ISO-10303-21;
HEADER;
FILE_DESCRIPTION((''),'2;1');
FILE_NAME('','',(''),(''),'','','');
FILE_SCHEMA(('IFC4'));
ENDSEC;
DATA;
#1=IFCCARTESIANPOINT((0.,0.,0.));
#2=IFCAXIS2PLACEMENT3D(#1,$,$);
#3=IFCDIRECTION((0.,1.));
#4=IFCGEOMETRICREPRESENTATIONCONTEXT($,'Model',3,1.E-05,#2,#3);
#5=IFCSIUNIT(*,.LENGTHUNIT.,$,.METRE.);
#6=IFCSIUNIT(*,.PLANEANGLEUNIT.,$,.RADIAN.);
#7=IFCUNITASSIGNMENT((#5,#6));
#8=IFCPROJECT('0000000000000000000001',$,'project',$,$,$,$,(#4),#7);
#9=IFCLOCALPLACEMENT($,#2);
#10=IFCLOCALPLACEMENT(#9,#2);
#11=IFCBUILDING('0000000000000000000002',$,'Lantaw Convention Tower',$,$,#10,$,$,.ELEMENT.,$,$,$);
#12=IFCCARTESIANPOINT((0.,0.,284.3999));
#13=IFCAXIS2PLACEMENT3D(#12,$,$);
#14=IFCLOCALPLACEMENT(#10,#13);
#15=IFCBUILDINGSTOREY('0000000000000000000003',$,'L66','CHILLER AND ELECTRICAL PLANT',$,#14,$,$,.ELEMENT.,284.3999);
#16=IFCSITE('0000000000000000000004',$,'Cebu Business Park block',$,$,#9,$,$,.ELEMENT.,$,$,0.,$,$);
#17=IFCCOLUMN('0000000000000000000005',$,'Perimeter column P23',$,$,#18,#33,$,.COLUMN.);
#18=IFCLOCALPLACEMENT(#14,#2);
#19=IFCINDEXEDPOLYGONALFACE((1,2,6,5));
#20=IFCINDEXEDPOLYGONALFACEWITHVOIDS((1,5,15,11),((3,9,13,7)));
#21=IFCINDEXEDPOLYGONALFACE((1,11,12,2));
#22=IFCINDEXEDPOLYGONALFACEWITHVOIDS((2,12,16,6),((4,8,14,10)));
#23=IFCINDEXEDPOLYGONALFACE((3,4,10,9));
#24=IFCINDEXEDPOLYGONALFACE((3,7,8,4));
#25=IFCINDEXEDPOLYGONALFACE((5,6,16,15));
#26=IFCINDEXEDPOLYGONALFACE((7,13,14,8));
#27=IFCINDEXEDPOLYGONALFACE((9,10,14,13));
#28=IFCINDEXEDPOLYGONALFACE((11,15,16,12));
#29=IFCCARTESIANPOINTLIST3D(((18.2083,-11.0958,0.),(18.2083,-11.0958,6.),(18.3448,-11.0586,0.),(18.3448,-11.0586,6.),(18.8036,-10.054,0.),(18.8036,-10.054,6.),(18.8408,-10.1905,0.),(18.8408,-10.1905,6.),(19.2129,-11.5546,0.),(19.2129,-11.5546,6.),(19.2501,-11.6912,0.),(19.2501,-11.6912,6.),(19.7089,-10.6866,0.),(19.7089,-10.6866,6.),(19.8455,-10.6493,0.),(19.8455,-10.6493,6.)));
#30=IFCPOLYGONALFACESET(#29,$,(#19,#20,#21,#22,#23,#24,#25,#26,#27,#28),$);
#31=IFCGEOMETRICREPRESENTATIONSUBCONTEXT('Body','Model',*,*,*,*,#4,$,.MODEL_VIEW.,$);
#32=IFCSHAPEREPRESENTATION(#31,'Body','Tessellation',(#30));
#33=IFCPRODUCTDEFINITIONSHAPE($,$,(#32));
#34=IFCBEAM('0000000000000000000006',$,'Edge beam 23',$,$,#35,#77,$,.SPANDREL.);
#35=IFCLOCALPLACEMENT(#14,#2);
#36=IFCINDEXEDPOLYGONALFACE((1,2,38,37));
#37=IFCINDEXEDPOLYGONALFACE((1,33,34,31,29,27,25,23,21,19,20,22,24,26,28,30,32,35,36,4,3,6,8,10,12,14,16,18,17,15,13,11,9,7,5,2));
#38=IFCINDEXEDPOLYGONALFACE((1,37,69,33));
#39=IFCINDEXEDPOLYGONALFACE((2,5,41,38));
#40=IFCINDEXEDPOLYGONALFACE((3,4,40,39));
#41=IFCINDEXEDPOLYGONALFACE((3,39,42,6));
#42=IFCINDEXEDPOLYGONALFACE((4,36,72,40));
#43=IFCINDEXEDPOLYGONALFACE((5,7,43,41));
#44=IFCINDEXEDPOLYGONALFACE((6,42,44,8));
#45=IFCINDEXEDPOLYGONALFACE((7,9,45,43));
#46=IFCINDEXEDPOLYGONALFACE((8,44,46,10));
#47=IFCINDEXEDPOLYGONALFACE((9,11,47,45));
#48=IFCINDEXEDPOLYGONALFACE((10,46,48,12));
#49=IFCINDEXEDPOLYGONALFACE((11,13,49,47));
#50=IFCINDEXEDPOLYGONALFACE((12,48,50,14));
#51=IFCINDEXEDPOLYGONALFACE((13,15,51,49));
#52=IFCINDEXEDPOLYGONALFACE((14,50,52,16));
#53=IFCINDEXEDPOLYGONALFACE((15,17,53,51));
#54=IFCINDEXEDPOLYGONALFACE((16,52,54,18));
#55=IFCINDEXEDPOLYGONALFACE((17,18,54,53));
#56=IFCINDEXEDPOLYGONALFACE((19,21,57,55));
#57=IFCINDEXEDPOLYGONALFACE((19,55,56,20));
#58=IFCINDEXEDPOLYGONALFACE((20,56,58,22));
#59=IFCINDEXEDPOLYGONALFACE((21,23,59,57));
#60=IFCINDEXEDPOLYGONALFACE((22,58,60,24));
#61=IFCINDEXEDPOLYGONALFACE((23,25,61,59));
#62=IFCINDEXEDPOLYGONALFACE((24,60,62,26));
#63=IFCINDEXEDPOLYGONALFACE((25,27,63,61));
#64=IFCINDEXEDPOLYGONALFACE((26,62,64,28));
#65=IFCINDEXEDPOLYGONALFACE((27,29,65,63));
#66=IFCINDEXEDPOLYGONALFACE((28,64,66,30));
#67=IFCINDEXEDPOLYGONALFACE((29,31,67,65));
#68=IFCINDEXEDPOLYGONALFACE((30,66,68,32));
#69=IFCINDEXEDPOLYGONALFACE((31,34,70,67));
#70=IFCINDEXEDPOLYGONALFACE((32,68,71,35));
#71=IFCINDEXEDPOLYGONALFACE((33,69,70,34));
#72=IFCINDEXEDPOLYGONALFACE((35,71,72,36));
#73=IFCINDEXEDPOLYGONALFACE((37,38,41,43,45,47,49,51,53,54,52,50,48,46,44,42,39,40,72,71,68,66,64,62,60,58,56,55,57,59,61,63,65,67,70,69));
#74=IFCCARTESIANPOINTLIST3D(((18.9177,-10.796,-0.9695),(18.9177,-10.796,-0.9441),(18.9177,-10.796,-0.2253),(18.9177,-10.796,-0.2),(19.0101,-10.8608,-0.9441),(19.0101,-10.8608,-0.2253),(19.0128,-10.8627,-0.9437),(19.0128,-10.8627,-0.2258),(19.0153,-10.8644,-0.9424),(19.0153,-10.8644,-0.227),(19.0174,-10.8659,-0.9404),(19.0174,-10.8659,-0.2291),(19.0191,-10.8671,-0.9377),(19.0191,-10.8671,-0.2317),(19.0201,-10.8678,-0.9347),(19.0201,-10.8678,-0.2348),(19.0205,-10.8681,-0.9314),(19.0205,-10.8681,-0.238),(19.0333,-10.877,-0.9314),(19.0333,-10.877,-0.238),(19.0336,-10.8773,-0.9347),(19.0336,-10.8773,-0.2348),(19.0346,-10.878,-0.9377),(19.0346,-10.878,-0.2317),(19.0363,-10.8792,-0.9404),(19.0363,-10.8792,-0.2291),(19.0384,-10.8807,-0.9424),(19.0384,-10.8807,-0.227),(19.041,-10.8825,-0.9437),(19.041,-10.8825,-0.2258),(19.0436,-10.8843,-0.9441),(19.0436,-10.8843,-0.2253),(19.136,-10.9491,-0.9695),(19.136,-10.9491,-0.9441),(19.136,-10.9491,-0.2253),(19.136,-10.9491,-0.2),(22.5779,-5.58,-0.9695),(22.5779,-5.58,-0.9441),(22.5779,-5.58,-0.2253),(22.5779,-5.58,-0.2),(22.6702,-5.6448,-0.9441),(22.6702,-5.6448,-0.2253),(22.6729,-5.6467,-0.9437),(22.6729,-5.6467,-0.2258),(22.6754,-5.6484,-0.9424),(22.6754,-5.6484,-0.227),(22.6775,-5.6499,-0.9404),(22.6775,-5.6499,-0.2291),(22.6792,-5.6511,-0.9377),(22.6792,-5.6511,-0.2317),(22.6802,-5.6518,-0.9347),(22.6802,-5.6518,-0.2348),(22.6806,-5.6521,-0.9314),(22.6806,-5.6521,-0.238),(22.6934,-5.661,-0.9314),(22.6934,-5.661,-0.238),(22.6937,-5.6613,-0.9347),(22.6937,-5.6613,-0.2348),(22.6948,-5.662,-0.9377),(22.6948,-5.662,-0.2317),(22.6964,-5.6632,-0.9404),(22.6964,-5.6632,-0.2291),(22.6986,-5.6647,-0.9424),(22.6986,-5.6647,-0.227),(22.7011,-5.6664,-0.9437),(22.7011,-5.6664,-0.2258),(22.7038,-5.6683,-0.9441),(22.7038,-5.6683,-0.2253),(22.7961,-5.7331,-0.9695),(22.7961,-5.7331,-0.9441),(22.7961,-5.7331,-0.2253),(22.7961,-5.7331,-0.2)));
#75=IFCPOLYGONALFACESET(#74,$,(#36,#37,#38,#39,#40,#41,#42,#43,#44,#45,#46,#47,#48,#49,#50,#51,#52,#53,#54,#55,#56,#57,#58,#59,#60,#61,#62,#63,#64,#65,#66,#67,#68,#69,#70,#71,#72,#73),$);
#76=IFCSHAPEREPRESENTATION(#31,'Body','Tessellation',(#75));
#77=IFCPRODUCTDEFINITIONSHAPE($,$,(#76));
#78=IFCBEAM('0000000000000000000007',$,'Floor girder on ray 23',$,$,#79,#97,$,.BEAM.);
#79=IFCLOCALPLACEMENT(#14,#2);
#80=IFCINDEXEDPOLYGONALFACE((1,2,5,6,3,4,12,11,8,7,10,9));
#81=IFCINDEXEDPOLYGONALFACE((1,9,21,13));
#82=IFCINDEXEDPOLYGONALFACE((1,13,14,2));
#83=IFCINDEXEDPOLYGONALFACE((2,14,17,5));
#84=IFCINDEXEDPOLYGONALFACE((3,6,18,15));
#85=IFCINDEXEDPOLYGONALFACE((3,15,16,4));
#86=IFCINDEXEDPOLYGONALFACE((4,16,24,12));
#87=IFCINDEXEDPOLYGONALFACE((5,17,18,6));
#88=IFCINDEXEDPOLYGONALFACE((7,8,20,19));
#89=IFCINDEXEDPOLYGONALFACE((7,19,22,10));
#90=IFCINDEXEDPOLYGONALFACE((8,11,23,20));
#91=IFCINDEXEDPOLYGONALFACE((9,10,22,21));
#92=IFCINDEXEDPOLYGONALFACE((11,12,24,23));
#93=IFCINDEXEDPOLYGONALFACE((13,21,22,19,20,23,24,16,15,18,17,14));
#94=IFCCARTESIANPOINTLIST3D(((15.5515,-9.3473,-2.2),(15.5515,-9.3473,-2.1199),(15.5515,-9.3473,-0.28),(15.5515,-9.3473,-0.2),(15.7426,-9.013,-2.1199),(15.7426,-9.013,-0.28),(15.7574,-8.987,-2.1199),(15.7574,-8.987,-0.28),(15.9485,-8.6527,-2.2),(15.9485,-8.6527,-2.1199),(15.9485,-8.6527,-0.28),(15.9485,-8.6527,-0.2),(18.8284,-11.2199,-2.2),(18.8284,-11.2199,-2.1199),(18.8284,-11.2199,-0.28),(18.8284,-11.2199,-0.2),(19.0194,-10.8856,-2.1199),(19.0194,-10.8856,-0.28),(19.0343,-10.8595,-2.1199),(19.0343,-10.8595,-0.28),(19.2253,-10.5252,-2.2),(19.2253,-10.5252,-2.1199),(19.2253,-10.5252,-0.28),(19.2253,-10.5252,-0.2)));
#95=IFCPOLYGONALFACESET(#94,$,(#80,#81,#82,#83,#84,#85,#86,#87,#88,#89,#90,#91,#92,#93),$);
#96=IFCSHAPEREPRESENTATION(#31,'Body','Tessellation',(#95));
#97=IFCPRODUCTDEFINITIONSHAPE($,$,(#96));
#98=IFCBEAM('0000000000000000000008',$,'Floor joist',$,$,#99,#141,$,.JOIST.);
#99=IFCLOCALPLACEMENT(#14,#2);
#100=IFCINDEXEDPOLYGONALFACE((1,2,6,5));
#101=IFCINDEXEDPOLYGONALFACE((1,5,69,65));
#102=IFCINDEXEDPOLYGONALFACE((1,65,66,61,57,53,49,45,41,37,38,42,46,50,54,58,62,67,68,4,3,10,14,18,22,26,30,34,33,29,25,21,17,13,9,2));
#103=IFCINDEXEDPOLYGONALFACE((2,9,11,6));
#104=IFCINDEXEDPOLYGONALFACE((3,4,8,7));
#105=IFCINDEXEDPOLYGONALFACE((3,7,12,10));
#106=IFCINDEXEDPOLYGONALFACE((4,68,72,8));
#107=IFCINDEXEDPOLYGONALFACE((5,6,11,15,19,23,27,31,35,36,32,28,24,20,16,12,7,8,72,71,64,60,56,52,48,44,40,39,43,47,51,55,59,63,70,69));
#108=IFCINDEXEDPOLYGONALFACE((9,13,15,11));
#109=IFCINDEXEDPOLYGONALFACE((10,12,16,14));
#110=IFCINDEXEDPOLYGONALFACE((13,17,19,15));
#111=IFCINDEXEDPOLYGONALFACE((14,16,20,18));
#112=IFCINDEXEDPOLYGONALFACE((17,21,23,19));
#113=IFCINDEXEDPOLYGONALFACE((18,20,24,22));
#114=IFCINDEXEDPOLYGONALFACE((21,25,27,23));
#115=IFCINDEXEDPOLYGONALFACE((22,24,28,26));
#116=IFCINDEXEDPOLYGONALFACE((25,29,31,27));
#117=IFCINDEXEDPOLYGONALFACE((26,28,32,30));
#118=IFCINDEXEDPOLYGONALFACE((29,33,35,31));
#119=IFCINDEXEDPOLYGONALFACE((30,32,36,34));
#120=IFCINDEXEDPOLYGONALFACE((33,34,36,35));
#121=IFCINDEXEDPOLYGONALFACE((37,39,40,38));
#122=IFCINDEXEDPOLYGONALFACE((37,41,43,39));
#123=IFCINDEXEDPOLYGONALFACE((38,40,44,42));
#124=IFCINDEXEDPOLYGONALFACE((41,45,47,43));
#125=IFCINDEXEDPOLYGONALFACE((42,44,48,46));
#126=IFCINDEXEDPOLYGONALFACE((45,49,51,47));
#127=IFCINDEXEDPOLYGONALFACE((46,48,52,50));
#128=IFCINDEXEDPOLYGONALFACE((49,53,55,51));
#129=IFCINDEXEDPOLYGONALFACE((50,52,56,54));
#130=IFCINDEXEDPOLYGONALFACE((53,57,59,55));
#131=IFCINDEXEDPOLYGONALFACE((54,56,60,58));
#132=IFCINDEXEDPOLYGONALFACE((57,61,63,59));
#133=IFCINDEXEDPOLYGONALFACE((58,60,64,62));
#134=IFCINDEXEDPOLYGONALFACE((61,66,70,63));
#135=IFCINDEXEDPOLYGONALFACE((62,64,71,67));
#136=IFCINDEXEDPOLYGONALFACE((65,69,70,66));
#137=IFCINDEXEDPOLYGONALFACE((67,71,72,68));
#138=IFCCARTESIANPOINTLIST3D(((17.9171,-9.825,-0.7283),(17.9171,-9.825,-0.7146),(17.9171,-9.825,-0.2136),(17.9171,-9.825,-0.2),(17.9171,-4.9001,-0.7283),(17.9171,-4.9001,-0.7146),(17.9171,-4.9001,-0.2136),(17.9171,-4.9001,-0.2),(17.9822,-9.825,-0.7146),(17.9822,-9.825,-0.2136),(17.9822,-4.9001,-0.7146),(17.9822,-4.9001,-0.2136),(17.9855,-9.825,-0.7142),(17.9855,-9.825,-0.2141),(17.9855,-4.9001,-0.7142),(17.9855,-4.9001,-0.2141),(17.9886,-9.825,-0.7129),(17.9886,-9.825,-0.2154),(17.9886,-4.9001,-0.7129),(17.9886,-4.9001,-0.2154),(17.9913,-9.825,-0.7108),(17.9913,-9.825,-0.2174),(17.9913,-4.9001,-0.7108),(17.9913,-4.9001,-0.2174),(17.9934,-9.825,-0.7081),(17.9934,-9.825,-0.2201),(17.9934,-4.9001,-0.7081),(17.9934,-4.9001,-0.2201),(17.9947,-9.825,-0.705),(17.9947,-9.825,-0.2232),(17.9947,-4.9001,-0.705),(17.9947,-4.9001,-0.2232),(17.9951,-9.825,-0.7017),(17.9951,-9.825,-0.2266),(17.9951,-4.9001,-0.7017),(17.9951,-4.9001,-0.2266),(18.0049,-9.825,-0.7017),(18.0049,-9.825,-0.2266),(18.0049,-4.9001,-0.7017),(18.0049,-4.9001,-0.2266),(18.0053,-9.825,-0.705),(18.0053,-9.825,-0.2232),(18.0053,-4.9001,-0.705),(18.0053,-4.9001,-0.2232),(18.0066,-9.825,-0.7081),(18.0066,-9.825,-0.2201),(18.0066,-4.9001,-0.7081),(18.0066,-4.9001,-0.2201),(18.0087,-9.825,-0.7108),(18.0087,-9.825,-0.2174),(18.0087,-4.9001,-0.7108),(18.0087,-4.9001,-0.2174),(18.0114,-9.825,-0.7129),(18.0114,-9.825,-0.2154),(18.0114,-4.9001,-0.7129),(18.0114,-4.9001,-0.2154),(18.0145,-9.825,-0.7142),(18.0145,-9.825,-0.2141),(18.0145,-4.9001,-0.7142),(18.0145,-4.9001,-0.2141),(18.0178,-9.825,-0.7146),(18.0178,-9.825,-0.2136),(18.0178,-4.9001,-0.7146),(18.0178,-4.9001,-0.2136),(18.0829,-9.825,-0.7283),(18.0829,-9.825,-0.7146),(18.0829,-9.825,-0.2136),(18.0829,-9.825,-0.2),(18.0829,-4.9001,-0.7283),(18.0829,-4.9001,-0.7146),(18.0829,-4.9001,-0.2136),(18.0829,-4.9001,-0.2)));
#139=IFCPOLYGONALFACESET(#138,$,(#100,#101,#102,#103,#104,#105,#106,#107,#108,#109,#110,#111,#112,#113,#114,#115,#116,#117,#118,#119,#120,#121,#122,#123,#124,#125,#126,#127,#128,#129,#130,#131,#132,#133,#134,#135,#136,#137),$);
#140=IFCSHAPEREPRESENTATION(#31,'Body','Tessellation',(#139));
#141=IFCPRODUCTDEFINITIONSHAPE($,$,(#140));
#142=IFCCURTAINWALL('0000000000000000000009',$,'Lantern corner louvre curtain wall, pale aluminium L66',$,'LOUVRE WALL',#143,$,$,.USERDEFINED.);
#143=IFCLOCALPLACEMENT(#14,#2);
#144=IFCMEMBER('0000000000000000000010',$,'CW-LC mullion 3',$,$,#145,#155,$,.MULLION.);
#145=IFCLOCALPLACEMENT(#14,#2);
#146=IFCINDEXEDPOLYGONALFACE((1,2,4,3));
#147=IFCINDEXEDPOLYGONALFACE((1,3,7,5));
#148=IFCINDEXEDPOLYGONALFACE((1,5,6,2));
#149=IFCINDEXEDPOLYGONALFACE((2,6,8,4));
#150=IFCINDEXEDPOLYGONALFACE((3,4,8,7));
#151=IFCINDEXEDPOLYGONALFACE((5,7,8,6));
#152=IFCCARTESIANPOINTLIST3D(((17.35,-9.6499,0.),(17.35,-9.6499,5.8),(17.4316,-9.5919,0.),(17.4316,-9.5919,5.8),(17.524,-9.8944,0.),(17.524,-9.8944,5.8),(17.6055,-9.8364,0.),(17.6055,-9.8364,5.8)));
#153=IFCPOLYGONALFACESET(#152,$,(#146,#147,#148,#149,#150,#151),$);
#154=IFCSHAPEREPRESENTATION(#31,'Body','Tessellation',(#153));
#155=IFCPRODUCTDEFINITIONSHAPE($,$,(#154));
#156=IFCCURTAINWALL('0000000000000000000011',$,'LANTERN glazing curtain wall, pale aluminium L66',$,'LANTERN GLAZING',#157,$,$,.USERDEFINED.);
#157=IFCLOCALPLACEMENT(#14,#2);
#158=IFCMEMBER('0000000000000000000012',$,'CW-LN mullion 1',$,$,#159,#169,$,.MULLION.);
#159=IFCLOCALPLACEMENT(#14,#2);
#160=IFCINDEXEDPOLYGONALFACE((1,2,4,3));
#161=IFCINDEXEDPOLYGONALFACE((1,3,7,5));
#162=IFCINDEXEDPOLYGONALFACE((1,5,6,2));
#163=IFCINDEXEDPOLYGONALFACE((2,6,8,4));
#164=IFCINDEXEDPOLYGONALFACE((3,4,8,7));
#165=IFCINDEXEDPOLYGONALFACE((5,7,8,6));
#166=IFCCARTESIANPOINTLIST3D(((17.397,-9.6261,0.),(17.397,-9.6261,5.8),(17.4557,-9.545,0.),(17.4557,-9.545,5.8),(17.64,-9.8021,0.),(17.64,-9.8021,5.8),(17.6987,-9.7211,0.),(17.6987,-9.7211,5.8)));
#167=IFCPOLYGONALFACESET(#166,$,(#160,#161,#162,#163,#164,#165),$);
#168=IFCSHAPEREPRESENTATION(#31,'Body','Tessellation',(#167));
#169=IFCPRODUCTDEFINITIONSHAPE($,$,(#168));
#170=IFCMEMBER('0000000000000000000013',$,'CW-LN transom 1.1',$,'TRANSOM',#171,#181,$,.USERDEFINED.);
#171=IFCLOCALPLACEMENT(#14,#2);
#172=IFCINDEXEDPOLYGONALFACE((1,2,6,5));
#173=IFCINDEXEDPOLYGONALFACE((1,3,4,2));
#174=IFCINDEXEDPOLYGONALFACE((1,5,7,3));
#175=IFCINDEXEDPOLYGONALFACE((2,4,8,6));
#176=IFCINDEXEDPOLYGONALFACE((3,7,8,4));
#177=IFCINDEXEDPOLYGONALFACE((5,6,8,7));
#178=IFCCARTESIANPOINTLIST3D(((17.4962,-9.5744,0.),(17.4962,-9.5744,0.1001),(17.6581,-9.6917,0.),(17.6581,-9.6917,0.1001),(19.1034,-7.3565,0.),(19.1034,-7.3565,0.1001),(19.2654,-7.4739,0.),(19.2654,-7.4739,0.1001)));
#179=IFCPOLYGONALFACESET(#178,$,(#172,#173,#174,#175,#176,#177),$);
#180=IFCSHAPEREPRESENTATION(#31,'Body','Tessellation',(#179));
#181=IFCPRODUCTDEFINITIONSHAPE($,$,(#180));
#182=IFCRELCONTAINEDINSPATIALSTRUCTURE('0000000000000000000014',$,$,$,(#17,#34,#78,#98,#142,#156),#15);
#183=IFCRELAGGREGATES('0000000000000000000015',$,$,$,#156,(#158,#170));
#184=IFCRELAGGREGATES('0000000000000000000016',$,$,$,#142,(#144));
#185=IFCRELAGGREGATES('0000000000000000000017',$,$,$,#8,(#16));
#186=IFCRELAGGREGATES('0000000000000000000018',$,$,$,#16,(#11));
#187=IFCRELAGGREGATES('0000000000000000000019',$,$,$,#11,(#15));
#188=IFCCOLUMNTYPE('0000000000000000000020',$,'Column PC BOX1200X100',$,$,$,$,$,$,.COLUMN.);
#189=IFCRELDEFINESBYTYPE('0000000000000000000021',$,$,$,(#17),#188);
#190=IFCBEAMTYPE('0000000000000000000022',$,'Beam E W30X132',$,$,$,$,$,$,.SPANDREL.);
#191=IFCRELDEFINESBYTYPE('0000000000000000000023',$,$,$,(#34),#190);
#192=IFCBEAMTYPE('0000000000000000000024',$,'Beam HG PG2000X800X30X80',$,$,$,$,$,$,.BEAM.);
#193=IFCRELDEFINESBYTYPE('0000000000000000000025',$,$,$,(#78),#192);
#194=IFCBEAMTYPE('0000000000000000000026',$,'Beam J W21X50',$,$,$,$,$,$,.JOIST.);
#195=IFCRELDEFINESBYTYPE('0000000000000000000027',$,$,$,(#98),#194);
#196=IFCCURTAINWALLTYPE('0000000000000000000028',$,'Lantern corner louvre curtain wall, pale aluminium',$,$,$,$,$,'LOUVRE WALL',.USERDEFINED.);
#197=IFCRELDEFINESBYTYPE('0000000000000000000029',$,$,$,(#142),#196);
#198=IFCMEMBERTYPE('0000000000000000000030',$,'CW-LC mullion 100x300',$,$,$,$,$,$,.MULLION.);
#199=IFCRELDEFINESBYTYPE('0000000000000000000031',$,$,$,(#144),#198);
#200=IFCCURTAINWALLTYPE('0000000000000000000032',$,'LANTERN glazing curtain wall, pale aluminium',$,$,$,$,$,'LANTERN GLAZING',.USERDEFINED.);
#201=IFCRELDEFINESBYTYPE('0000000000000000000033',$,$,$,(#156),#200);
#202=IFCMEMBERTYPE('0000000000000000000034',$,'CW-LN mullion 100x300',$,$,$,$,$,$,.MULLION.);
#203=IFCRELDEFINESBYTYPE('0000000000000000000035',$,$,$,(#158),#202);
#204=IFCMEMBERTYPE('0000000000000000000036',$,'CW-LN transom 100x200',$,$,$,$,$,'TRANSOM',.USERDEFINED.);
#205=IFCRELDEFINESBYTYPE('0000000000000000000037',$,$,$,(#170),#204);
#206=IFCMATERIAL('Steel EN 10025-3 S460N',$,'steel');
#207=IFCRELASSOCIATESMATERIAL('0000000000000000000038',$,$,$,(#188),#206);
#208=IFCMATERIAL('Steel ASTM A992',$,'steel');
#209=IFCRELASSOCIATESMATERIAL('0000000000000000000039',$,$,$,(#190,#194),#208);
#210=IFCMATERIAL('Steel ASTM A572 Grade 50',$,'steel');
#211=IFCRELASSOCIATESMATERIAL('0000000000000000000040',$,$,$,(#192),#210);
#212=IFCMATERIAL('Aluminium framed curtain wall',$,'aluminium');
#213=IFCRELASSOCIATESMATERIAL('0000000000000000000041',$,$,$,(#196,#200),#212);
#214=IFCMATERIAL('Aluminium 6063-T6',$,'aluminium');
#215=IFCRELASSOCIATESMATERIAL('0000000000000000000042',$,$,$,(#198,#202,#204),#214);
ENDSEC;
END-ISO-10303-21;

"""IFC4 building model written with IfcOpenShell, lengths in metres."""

from ifc_helpers import new_model, si_unit, direction, frame, origin, origin_2d, place, context, subcontext, project, spatial, rectangle, hollow_rectangle, i_section, extrude, material, material_profile, profile_set, type_object, element, aggregate, save


model = new_model("IFC4")

# Units and contexts
model_context = context("Model", 3, precision=1e-05, world=origin(), true_north=direction((0.0, 1.0)))
body_context = subcontext(model_context, "Body", "Model", "MODEL_VIEW")
ifc_project = project(units=[si_unit("LENGTHUNIT", "METRE"), si_unit("PLANEANGLEUNIT", "RADIAN")], contexts=[model_context])

# Site, building, storey
site_placement = place(None, origin())
site = spatial("IfcSite", under=ifc_project, at=site_placement, Name="Cebu Business Park block", CompositionType="ELEMENT", RefElevation=0.0)
building_placement = place(site_placement, origin())
building = spatial("IfcBuilding", under=site, at=building_placement, Name="Lantaw Convention Tower", CompositionType="ELEMENT")
storey_placement = place(building_placement, frame((0.0, 0.0, 284.3999)))
storey = spatial("IfcBuildingStorey", under=building, at=storey_placement, Name="L66", Description="CHILLER AND ELECTRICAL PLANT", CompositionType="ELEMENT", Elevation=284.3999)

# Column
ifc_material_1 = material(Name="Steel EN 10025-3 S460N", Category="steel")
ifc_material_profile_1 = material_profile(ifc_material_1, hollow_rectangle(XDim=1.2, YDim=1.2, WallThickness=0.1001, at=origin_2d()), Name="BOX1200X100")
ifc_material_2 = material(Name="Concrete C60/75", Category="concrete")
ifc_material_profile_2 = material_profile(ifc_material_2, rectangle(XDim=1.0, YDim=1.0, at=origin_2d()), Name="Concrete fill of BOX1200X100")
ifc_profile_set_1 = profile_set([ifc_material_profile_1, ifc_material_profile_2], Name="Steel EN 10025-3 S460N")
column_type = type_object("IfcColumnType", Name="Column PC BOX1200X100", PredefinedType="COLUMN", material=ifc_profile_set_1)
column_placement = place(storey_placement, frame((19.0269, -10.8726, 0.0), z_axis=(0.0, 0.0, 1.0), x_axis=(0.496139, 0.868243, 0.0)))
element("IfcColumn", 1, at=column_placement, inside=storey, type_object=column_type, Name="Perimeter column P23", PredefinedType="COLUMN", context=body_context, shape_type="SweptSolid", body=[
    extrude(hollow_rectangle(XDim=1.2, YDim=1.2, WallThickness=0.1001, at=origin_2d()), origin(), (0.0, 0.0, 1.0), 6.0),
])

# Beams
ifc_material_3 = material(Name="Steel ASTM A992", Category="steel")
ifc_material_profile_3 = material_profile(ifc_material_3, i_section(OverallWidth=0.2666, OverallDepth=0.7695, WebThickness=0.0156, FlangeThickness=0.0254, FilletRadius=0.0127, at=origin_2d()), Name="W30X132")
ifc_profile_set_2 = profile_set([ifc_material_profile_3], Name="Steel ASTM A992")
beam_type_1 = type_object("IfcBeamType", Name="Beam E W30X132", PredefinedType="SPANDREL", material=ifc_profile_set_2)
beam_1_placement = place(storey_placement, frame((19.0269, -10.8726, -0.5847), z_axis=(0.574401, 0.818574, 0.0), x_axis=(-0.818574, 0.574401, 0.0)))
element("IfcBeam", 2, at=beam_1_placement, inside=storey, type_object=beam_type_1, Name="Edge beam 23", PredefinedType="SPANDREL", context=body_context, shape_type="SweptSolid", body=[
    extrude(i_section(OverallWidth=0.2666, OverallDepth=0.7695, WebThickness=0.0156, FlangeThickness=0.0254, FilletRadius=0.0127, at=origin_2d()), origin(), (0.0, 0.0, 1.0), 6.3721),
])
ifc_material_4 = material(Name="Steel ASTM A572 Grade 50", Category="steel")
ifc_material_profile_4 = material_profile(ifc_material_4, i_section(OverallWidth=0.8, OverallDepth=2.0, WebThickness=0.03, FlangeThickness=0.0801, at=origin_2d()), Name="PG2000X800X30X80")
ifc_profile_set_3 = profile_set([ifc_material_profile_4], Name="Steel ASTM A572 Grade 50")
beam_type_2 = type_object("IfcBeamType", Name="Beam HG PG2000X800X30X80", PredefinedType="BEAM", material=ifc_profile_set_3)
beam_2_placement = place(storey_placement, frame((15.75, -9.0, -1.2), z_axis=(0.868235, -0.496153, 0.0), x_axis=(0.496153, 0.868235, 0.0)))
element("IfcBeam", 3, at=beam_2_placement, inside=storey, type_object=beam_type_2, Name="Floor girder on ray 23", PredefinedType="BEAM", context=body_context, shape_type="SweptSolid", body=[
    extrude(i_section(OverallWidth=0.8, OverallDepth=2.0, WebThickness=0.03, FlangeThickness=0.0801, at=origin_2d()), origin(), (0.0, 0.0, 1.0), 3.7742),
])
ifc_material_profile_5 = material_profile(ifc_material_3, i_section(OverallWidth=0.1658, OverallDepth=0.5283, WebThickness=0.0098, FlangeThickness=0.0137, FilletRadius=0.0129, at=origin_2d()), Name="W21X50")
ifc_profile_set_4 = profile_set([ifc_material_profile_5], Name="Steel ASTM A992")
beam_type_3 = type_object("IfcBeamType", Name="Beam J W21X50", PredefinedType="JOIST", material=ifc_profile_set_4)
beam_3_placement = place(storey_placement, frame((18.0, -9.825, -0.4641), z_axis=(0.0, 1.0, 0.0), x_axis=(-1.0, 0.0, 0.0)))
element("IfcBeam", 4, at=beam_3_placement, inside=storey, type_object=beam_type_3, Name="Floor joist", PredefinedType="JOIST", context=body_context, shape_type="SweptSolid", body=[
    extrude(i_section(OverallWidth=0.1658, OverallDepth=0.5283, WebThickness=0.0098, FlangeThickness=0.0137, FilletRadius=0.0129, at=origin_2d()), origin(), (0.0, 0.0, 1.0), 4.9248),
])

# Curtain wall, member
ifc_material_5 = material(Name="Aluminium framed curtain wall", Category="aluminium")
curtain_wall_type_1 = type_object("IfcCurtainWallType", Name="Lantern corner louvre curtain wall, pale aluminium", ElementType="LOUVRE WALL", PredefinedType="USERDEFINED", material=ifc_material_5)
curtain_wall_1_placement = place(storey_placement, origin())
curtain_wall_1 = element("IfcCurtainWall", 5, at=curtain_wall_1_placement, inside=storey, type_object=curtain_wall_type_1, Name="Lantern corner louvre curtain wall, pale aluminium L66", ObjectType="LOUVRE WALL", PredefinedType="USERDEFINED")
ifc_material_6 = material(Name="Aluminium 6063-T6", Category="aluminium")
ifc_material_profile_6 = material_profile(ifc_material_6, rectangle(XDim=0.3, YDim=0.1001, at=origin_2d()), Name="CW-LC mullion 100x300")
ifc_profile_set_5 = profile_set([ifc_material_profile_6], Name="Aluminium 6063-T6")
member_type_1 = type_object("IfcMemberType", Name="CW-LC mullion 100x300", PredefinedType="MULLION", material=ifc_profile_set_5)
member_1_placement = place(storey_placement, frame((17.4778, -9.7432, 0.0), z_axis=(0.0, 0.0, 1.0), x_axis=(-0.579684, 0.814841, 0.0)))
member_1 = element("IfcMember", 6, at=member_1_placement, type_object=member_type_1, Name="CW-LC mullion 3", PredefinedType="MULLION", context=body_context, shape_type="SweptSolid", body=[
    extrude(rectangle(XDim=0.3, YDim=0.1001, at=origin_2d()), origin(), (0.0, 0.0, 1.0), 5.8),
])

# Curtain wall, members
curtain_wall_type_2 = type_object("IfcCurtainWallType", Name="LANTERN glazing curtain wall, pale aluminium", ElementType="LANTERN GLAZING", PredefinedType="USERDEFINED", material=ifc_material_5)
curtain_wall_2_placement = place(storey_placement, origin())
curtain_wall_2 = element("IfcCurtainWall", 7, at=curtain_wall_2_placement, inside=storey, type_object=curtain_wall_type_2, Name="LANTERN glazing curtain wall, pale aluminium L66", ObjectType="LANTERN GLAZING", PredefinedType="USERDEFINED")
ifc_material_profile_7 = material_profile(ifc_material_6, rectangle(XDim=0.3, YDim=0.1001, at=origin_2d()), Name="CW-LN mullion 100x300")
ifc_profile_set_6 = profile_set([ifc_material_profile_7], Name="Aluminium 6063-T6")
member_type_2 = type_object("IfcMemberType", Name="CW-LN mullion 100x300", PredefinedType="MULLION", material=ifc_profile_set_6)
member_2_placement = place(storey_placement, frame((17.5479, -9.6736, 0.0), z_axis=(0.0, 0.0, 1.0), x_axis=(-0.809742, 0.586786, 0.0)))
member_2 = element("IfcMember", 8, at=member_2_placement, type_object=member_type_2, Name="CW-LN mullion 1", PredefinedType="MULLION", context=body_context, shape_type="SweptSolid", body=[
    extrude(rectangle(XDim=0.3, YDim=0.1001, at=origin_2d()), origin(), (0.0, 0.0, 1.0), 5.8),
])
ifc_material_profile_8 = material_profile(ifc_material_6, rectangle(XDim=0.2, YDim=0.1001, at=origin_2d()), Name="CW-LN transom 100x200")
ifc_profile_set_7 = profile_set([ifc_material_profile_8], Name="Aluminium 6063-T6")
member_type_3 = type_object("IfcMemberType", Name="CW-LN transom 100x200", ElementType="TRANSOM", PredefinedType="USERDEFINED", material=ifc_profile_set_7)
member_3_placement = place(storey_placement, frame((17.5771, -9.6331, 0.05), z_axis=(0.586798, 0.809733, 0.0), x_axis=(-0.809733, 0.586798, 0.0)))
member_3 = element("IfcMember", 9, at=member_3_placement, type_object=member_type_3, Name="CW-LN transom 1.1", ObjectType="TRANSOM", PredefinedType="USERDEFINED", context=body_context, shape_type="SweptSolid", body=[
    extrude(rectangle(XDim=0.2, YDim=0.1001, at=origin_2d()), origin(), (0.0, 0.0, 1.0), 2.739),
])
aggregate(curtain_wall_2, [member_2, member_3])

aggregate(curtain_wall_1, [member_1])

save(model, "model.ifc")
